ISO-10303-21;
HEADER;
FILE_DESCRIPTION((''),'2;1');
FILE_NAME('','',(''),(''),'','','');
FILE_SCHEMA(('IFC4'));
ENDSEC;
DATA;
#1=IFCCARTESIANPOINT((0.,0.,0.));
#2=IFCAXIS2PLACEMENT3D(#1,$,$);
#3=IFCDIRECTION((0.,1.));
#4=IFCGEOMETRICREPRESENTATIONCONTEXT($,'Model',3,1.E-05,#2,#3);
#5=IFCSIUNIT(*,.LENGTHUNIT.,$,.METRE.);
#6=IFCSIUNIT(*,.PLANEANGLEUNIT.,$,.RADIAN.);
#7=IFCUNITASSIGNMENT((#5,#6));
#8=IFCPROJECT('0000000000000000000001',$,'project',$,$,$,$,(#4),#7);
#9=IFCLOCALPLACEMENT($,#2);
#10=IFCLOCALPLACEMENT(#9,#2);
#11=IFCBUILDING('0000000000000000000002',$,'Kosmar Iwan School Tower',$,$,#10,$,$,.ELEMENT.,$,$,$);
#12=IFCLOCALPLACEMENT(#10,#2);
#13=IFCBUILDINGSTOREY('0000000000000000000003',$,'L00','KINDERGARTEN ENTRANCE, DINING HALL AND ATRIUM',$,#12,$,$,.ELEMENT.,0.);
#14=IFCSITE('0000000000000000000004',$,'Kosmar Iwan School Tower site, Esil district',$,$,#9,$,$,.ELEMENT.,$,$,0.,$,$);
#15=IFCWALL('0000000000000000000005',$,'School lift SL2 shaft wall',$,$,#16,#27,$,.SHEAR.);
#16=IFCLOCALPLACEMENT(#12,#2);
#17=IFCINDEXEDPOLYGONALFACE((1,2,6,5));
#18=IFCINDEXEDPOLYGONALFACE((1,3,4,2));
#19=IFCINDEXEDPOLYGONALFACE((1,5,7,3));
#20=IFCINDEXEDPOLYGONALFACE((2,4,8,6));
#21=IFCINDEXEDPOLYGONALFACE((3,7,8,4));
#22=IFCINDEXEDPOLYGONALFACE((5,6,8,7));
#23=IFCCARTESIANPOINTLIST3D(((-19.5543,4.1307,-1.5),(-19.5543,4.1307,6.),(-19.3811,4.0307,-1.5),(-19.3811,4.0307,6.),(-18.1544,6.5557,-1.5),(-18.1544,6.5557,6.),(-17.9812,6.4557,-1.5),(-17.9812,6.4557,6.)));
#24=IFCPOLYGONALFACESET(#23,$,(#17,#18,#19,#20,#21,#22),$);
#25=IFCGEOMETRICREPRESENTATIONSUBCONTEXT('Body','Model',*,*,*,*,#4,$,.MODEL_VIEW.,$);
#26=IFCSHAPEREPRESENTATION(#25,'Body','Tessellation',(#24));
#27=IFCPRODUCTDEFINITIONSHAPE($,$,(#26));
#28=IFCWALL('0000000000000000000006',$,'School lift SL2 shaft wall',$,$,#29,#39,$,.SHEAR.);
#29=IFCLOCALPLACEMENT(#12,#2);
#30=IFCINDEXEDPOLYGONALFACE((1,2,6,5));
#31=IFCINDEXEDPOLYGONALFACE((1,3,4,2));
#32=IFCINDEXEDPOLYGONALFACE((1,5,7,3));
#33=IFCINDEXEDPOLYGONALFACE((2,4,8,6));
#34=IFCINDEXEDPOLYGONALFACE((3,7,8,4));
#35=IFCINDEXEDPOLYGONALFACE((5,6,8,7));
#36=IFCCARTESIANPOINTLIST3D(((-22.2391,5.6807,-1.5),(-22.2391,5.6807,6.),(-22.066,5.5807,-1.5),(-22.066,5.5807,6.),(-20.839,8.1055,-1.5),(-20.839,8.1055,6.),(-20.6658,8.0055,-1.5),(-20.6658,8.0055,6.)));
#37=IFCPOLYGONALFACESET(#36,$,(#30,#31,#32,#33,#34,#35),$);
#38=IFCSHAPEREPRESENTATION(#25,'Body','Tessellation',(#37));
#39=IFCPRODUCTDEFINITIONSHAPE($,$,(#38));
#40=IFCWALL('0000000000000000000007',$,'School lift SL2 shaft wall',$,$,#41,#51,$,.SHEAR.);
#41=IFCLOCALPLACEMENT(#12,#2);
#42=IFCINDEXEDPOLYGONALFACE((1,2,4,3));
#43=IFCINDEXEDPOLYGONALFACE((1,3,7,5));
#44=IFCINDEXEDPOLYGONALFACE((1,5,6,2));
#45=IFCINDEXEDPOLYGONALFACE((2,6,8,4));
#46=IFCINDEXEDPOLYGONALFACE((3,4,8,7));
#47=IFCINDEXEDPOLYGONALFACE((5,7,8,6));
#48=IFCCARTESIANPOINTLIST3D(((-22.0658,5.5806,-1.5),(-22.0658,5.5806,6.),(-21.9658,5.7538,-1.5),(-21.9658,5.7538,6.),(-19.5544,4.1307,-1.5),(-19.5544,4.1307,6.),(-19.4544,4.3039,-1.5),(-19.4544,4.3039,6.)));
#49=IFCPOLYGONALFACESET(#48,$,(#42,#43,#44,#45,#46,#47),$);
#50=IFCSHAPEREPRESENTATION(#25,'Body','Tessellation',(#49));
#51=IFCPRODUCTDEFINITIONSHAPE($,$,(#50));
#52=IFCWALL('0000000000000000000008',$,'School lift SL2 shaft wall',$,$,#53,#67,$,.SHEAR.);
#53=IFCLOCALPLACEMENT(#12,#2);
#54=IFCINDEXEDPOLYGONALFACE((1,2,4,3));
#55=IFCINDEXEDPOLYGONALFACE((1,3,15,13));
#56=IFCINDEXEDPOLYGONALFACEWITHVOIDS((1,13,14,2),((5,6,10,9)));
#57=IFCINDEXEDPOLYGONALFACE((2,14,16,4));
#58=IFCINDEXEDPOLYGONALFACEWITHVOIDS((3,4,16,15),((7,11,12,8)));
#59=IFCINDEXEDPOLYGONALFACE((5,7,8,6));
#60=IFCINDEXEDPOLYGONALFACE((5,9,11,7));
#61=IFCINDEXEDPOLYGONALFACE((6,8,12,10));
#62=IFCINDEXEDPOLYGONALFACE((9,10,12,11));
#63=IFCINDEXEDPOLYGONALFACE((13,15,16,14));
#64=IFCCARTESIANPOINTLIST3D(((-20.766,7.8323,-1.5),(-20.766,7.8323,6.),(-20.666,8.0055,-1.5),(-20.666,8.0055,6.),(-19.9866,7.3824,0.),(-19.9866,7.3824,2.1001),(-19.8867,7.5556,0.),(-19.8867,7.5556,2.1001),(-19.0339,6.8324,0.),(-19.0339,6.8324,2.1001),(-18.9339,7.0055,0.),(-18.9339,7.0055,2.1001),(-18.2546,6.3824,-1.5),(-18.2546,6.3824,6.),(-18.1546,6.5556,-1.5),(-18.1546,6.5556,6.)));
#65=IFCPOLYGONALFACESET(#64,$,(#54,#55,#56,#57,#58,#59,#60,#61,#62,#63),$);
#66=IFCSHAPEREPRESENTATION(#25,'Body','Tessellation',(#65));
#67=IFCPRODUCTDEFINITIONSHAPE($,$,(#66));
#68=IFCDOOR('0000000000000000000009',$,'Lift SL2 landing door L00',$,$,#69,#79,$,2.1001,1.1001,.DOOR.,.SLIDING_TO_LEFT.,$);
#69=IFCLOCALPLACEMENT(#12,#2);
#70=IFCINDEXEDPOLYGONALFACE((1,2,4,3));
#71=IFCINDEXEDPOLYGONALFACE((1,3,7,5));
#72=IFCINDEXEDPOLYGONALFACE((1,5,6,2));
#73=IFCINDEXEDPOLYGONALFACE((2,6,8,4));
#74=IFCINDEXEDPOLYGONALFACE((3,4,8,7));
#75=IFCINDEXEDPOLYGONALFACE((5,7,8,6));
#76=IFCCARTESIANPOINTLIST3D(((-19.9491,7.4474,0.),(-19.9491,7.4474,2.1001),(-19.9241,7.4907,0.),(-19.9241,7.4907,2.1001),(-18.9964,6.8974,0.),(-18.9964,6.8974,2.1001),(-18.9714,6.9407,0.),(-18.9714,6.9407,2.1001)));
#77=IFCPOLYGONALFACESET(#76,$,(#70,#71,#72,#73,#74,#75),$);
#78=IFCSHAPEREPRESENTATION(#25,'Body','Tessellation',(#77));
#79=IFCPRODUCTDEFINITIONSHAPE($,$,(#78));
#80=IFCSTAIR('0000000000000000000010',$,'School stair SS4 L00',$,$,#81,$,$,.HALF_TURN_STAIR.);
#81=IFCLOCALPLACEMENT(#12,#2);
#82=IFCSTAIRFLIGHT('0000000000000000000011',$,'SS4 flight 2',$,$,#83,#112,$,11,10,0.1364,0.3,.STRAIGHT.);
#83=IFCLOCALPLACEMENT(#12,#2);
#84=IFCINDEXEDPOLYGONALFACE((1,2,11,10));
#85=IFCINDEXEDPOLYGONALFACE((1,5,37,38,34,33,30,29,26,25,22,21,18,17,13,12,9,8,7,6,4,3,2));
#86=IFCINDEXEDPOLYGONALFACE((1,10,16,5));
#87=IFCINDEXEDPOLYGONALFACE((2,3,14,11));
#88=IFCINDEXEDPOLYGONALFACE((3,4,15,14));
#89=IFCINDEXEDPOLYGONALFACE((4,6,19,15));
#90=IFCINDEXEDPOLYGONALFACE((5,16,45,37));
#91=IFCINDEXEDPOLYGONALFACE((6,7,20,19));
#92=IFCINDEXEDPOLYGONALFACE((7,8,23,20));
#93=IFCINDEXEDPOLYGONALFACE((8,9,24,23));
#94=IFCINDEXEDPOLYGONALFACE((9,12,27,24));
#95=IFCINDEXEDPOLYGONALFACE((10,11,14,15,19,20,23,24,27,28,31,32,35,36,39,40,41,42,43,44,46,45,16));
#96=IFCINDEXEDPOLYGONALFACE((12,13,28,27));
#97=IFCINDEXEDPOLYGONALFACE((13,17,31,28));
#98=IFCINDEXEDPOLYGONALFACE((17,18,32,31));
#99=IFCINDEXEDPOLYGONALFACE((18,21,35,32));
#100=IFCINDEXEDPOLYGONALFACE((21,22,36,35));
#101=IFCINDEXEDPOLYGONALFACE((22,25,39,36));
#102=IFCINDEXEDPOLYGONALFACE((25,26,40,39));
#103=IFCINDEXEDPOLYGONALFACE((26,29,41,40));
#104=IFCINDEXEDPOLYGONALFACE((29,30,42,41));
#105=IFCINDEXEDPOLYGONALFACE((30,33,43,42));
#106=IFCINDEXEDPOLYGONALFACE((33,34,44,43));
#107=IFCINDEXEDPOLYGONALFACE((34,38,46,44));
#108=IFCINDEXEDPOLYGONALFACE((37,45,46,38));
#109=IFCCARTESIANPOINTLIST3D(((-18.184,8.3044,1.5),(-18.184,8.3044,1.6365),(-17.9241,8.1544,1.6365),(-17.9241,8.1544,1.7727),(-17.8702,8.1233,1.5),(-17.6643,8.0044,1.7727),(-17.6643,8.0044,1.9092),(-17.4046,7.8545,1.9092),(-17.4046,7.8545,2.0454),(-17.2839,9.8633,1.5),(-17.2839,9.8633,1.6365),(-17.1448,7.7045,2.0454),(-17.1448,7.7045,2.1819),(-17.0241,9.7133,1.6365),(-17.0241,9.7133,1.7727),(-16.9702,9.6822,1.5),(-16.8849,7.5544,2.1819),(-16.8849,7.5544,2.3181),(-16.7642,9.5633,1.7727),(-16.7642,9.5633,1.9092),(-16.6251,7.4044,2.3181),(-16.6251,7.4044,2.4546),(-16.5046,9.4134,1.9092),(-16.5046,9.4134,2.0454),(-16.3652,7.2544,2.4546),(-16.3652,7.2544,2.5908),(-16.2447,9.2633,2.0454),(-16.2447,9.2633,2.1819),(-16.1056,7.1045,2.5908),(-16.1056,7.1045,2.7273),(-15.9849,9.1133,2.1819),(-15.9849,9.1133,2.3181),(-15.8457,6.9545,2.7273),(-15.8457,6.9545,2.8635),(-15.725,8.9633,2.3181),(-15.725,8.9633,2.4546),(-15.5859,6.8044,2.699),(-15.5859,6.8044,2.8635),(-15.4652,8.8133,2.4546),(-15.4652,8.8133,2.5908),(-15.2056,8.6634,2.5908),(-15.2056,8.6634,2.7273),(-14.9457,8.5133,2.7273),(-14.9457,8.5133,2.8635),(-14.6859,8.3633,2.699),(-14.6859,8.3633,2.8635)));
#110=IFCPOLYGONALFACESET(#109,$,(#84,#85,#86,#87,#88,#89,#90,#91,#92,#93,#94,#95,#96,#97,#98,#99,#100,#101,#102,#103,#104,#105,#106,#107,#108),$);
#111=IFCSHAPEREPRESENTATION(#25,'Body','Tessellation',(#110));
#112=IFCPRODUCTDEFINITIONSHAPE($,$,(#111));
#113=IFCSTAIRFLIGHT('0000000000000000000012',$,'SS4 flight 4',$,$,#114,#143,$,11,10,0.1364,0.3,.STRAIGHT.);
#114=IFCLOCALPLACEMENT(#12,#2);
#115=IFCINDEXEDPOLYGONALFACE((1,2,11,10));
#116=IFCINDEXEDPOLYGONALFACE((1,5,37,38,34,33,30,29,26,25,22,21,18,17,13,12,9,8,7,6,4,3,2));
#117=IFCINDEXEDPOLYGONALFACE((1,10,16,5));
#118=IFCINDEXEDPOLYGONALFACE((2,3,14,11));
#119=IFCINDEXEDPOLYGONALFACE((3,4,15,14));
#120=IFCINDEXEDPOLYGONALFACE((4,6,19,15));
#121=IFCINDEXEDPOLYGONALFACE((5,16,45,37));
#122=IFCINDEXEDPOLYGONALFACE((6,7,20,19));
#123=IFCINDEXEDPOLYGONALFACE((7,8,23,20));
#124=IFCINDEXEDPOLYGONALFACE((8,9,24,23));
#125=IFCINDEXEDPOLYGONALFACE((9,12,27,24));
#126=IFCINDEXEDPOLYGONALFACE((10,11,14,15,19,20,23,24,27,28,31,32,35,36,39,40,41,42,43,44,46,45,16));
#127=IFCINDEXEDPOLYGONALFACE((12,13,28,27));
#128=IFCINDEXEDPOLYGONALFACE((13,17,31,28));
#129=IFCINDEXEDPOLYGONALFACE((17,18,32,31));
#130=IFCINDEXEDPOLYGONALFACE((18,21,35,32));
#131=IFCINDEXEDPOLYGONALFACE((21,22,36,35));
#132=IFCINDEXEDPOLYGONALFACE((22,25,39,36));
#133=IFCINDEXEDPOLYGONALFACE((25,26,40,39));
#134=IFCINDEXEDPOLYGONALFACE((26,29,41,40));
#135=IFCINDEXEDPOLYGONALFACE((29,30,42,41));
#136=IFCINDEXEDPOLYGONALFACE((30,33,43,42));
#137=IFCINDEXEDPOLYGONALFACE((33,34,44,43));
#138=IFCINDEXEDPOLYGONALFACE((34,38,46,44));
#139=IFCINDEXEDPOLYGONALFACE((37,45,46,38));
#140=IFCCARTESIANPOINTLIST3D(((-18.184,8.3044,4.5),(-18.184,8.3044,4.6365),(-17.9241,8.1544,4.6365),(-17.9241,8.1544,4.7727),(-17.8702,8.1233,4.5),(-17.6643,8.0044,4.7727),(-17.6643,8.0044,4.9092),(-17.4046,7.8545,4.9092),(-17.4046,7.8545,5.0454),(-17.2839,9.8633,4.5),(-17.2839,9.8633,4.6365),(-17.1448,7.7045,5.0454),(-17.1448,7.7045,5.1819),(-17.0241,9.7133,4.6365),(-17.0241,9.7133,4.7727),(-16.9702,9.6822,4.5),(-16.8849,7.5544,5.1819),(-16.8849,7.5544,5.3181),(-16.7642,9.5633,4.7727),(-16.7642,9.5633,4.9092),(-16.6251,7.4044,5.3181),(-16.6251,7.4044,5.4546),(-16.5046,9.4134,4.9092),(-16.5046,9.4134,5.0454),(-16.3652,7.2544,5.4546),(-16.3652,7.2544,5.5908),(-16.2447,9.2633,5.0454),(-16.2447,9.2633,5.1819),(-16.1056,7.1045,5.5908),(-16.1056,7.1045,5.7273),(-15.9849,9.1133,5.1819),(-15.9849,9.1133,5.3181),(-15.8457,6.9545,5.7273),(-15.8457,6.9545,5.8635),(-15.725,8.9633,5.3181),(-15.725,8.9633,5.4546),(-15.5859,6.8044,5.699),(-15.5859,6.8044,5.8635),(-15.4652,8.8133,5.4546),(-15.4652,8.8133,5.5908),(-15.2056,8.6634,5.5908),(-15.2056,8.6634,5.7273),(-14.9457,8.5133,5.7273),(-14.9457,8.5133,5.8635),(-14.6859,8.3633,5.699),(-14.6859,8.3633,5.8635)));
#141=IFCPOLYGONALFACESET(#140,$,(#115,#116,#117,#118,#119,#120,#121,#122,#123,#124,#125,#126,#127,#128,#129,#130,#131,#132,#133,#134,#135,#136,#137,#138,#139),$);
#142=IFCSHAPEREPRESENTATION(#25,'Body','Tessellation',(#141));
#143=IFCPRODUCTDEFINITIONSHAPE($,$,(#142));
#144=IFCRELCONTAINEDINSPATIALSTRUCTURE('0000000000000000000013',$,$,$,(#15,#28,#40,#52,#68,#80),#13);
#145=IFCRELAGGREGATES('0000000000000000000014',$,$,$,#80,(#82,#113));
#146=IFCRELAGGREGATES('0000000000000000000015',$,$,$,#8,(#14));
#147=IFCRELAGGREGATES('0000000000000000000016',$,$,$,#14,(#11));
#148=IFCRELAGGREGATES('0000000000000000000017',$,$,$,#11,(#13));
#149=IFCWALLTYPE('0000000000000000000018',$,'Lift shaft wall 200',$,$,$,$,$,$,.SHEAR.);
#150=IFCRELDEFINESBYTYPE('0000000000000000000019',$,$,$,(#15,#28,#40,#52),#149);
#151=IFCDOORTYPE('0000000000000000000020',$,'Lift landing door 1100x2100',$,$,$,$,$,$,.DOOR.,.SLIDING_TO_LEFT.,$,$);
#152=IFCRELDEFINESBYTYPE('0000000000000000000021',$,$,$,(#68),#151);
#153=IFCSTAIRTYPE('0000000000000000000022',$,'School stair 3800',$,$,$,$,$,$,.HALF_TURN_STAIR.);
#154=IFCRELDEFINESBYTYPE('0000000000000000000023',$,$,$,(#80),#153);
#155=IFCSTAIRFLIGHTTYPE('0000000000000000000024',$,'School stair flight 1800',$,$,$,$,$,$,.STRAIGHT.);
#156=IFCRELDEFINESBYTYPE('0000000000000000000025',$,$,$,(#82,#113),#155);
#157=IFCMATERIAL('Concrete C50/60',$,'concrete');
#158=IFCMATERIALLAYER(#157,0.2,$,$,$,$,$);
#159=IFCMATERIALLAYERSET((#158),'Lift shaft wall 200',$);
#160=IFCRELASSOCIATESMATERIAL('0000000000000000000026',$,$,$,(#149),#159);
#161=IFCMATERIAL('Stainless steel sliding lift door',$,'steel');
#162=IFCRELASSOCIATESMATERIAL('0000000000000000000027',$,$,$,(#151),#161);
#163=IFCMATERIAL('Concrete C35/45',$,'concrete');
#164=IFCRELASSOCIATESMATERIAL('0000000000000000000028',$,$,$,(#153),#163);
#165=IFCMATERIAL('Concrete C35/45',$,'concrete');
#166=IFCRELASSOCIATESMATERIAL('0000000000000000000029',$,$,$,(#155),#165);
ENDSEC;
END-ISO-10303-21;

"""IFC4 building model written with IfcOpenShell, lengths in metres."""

from ifc_helpers import new_model, si_unit, direction, frame, frame_2d, origin, place, context, subcontext, project, spatial, polyline, rectangle, outline, extrude, material, layer, layer_set, type_object, element, fill, aggregate, save


model = new_model("IFC4")

# Units and contexts
model_context = context("Model", 3, precision=1e-05, world=origin(), true_north=direction((0.0, 1.0)))
body_context = subcontext(model_context, "Body", "Model", "MODEL_VIEW")
ifc_project = project(units=[si_unit("LENGTHUNIT", "METRE"), si_unit("PLANEANGLEUNIT", "RADIAN")], contexts=[model_context])

# Site, building, storey
site_placement = place(None, origin())
site = spatial("IfcSite", under=ifc_project, at=site_placement, Name="Kosmar Iwan School Tower site, Esil district", CompositionType="ELEMENT", RefElevation=0.0)
building_placement = place(site_placement, origin())
building = spatial("IfcBuilding", under=site, at=building_placement, Name="Kosmar Iwan School Tower", CompositionType="ELEMENT")
storey_placement = place(building_placement, origin())
storey = spatial("IfcBuildingStorey", under=building, at=storey_placement, Name="L00", Description="KINDERGARTEN ENTRANCE, DINING HALL AND ATRIUM", CompositionType="ELEMENT", Elevation=0.0)

# Walls
ifc_material_1 = material(Name="Concrete C50/60", Category="concrete")
ifc_layer_1 = layer(ifc_material_1, 0.2)
ifc_layer_set_1 = layer_set([ifc_layer_1], Name="Lift shaft wall 200")
wall_type = type_object("IfcWallType", Name="Lift shaft wall 200", PredefinedType="SHEAR", material=ifc_layer_set_1)
for number, where, z_axis, x_axis, name in (
    (1, (-18.0679, 6.5056, -1.5), (0.0, 0.0, 1.0), (-0.499946, -0.866056, 0.0), "School lift SL2 shaft wall"),
    (2, (-20.7524, 8.0554, -1.5), (0.0, 0.0, 1.0), (-0.50005, -0.865997, 0.0), "School lift SL2 shaft wall"),
):
    element("IfcWall", number, at=place(storey_placement, frame(where, z_axis=z_axis, x_axis=x_axis)), inside=storey, type_object=wall_type, Name=name, PredefinedType="SHEAR", context=body_context, shape_type="SweptSolid", body=[
        extrude(rectangle(XDim=2.8, YDim=0.2, at=frame_2d((1.3999, 0.0))), origin(), (0.0, 0.0, 1.0), 7.5),
    ])
wall_1_placement = place(storey_placement, frame((-19.5044, 4.2173, -1.5), z_axis=(0.0, 0.0, 1.0), x_axis=(-0.866033, 0.499987, 0.0)))
element("IfcWall", 3, at=wall_1_placement, inside=storey, type_object=wall_type, Name="School lift SL2 shaft wall", PredefinedType="SHEAR", context=body_context, shape_type="SweptSolid", body=[
    extrude(rectangle(XDim=2.8999, YDim=0.2, at=frame_2d((1.45, 0.0))), origin(), (0.0, 0.0, 1.0), 7.5),
])

# Wall, opening, door
wall_2_placement = place(storey_placement, frame((-18.2046, 6.469, -1.5), z_axis=(0.0, 0.0, 1.0), x_axis=(-0.866033, 0.499987, 0.0)))
wall_2 = element("IfcWall", 4, at=wall_2_placement, inside=storey, type_object=wall_type, Name="School lift SL2 shaft wall", PredefinedType="SHEAR", context=body_context, shape_type="SweptSolid", body=[
    extrude(rectangle(XDim=2.8999, YDim=0.2, at=frame_2d((1.45, 0.0))), origin(), (0.0, 0.0, 1.0), 7.5),
])
opening_placement = place(wall_2_placement, frame((0.8999, 0.0, 1.5)))
opening = element("IfcOpeningElement", 5, at=opening_placement, cuts=wall_2, PredefinedType="OPENING", context=body_context, shape_type="SweptSolid", body=[
    extrude(rectangle(XDim=1.1001, YDim=2.1001, at=frame_2d((0.55, 1.05))), frame((0.0, 0.1121, 0.0), z_axis=(0.0, -1.0, 0.0), x_axis=(1.0, 0.0, 0.0)), (0.0, 0.0, 1.0), 0.2239),
])
ifc_material_2 = material(Name="Stainless steel sliding lift door", Category="steel")
door_type = type_object("IfcDoorType", Name="Lift landing door 1100x2100", OperationType="SLIDING_TO_LEFT", PredefinedType="DOOR", material=ifc_material_2)
door_placement = place(opening_placement, origin())
door = element("IfcDoor", 6, at=door_placement, inside=storey, type_object=door_type, Name="Lift SL2 landing door L00", OperationType="SLIDING_TO_LEFT", OverallHeight=2.1001, OverallWidth=1.1001, PredefinedType="DOOR", context=body_context, shape_type="SweptSolid", body=[
    extrude(rectangle(XDim=1.1001, YDim=2.1001, at=frame_2d((0.55, 1.05))), frame((0.0, 0.0249, 0.0), z_axis=(0.0, -1.0, 0.0), x_axis=(1.0, 0.0, 0.0)), (0.0, 0.0, 1.0), 0.05),
])
fill(opening, door)

# Stair, stair flights
ifc_material_3 = material(Name="Concrete C35/45", Category="concrete")
stair_type = type_object("IfcStairType", Name="School stair 3800", PredefinedType="HALF_TURN_STAIR", material=ifc_material_3)
stair_placement = place(storey_placement, origin())
stair = element("IfcStair", 7, at=stair_placement, inside=storey, type_object=stair_type, Name="School stair SS4 L00", PredefinedType="HALF_TURN_STAIR")
ifc_material_4 = material(Name="Concrete C35/45", Category="concrete")
stair_flight_type = type_object("IfcStairFlightType", Name="School stair flight 1800", PredefinedType="STRAIGHT", material=ifc_material_4)
stair_flight_1_placement = place(storey_placement, frame((-17.7339, 9.084, 1.5), z_axis=(0.0, 0.0, 1.0), x_axis=(0.866025, -0.5, 0.0)))
stair_flight_1 = element("IfcStairFlight", 8, at=stair_flight_1_placement, type_object=stair_flight_type, Name="SS4 flight 2", NumberOfRisers=11, NumberOfTreads=10, PredefinedType="STRAIGHT", RiserHeight=0.1364, TreadLength=0.3, context=body_context, shape_type="SweptSolid", body=[
    extrude(outline(polyline([(0.0, 0.0), (0.0, 0.1365), (0.3, 0.1365), (0.3, 0.2727), (0.6001, 0.2727), (0.6001, 0.4092), (0.8999, 0.4092), (0.8999, 0.5454), (1.2, 0.5454), (1.2, 0.6819), (1.5, 0.6819), (1.5, 0.8181), (1.8, 0.8181), (1.8, 0.9546), (2.1001, 0.9546), (2.1001, 1.0908), (2.3999, 1.0908), (2.3999, 1.2273), (2.7, 1.2273), (2.7, 1.3635), (3.0, 1.3635), (3.0, 1.5), (3.0, 1.199), (0.3623, 0.0), (0.0, 0.0)])), frame((0.0, 0.8999, 0.0), z_axis=(0.0, -1.0, 0.0), x_axis=(1.0, 0.0, 0.0)), (0.0, 0.0, 1.0), 1.8),
])
stair_flight_2_placement = place(storey_placement, frame((-17.7339, 9.084, 4.5), z_axis=(0.0, 0.0, 1.0), x_axis=(0.866025, -0.5, 0.0)))
stair_flight_2 = element("IfcStairFlight", 9, at=stair_flight_2_placement, type_object=stair_flight_type, Name="SS4 flight 4", NumberOfRisers=11, NumberOfTreads=10, PredefinedType="STRAIGHT", RiserHeight=0.1364, TreadLength=0.3, context=body_context, shape_type="SweptSolid", body=[
    extrude(outline(polyline([(0.0, 0.0), (0.0, 0.1365), (0.3, 0.1365), (0.3, 0.2727), (0.6001, 0.2727), (0.6001, 0.4092), (0.8999, 0.4092), (0.8999, 0.5454), (1.2, 0.5454), (1.2, 0.6819), (1.5, 0.6819), (1.5, 0.8181), (1.8, 0.8181), (1.8, 0.9546), (2.1001, 0.9546), (2.1001, 1.0908), (2.3999, 1.0908), (2.3999, 1.2273), (2.7, 1.2273), (2.7, 1.3635), (3.0, 1.3635), (3.0, 1.5), (3.0, 1.199), (0.3623, 0.0), (0.0, 0.0)])), frame((0.0, 0.8999, 0.0), z_axis=(0.0, -1.0, 0.0), x_axis=(1.0, 0.0, 0.0)), (0.0, 0.0, 1.0), 1.8),
])
aggregate(stair, [stair_flight_1, stair_flight_2])

save(model, "model.ifc")
